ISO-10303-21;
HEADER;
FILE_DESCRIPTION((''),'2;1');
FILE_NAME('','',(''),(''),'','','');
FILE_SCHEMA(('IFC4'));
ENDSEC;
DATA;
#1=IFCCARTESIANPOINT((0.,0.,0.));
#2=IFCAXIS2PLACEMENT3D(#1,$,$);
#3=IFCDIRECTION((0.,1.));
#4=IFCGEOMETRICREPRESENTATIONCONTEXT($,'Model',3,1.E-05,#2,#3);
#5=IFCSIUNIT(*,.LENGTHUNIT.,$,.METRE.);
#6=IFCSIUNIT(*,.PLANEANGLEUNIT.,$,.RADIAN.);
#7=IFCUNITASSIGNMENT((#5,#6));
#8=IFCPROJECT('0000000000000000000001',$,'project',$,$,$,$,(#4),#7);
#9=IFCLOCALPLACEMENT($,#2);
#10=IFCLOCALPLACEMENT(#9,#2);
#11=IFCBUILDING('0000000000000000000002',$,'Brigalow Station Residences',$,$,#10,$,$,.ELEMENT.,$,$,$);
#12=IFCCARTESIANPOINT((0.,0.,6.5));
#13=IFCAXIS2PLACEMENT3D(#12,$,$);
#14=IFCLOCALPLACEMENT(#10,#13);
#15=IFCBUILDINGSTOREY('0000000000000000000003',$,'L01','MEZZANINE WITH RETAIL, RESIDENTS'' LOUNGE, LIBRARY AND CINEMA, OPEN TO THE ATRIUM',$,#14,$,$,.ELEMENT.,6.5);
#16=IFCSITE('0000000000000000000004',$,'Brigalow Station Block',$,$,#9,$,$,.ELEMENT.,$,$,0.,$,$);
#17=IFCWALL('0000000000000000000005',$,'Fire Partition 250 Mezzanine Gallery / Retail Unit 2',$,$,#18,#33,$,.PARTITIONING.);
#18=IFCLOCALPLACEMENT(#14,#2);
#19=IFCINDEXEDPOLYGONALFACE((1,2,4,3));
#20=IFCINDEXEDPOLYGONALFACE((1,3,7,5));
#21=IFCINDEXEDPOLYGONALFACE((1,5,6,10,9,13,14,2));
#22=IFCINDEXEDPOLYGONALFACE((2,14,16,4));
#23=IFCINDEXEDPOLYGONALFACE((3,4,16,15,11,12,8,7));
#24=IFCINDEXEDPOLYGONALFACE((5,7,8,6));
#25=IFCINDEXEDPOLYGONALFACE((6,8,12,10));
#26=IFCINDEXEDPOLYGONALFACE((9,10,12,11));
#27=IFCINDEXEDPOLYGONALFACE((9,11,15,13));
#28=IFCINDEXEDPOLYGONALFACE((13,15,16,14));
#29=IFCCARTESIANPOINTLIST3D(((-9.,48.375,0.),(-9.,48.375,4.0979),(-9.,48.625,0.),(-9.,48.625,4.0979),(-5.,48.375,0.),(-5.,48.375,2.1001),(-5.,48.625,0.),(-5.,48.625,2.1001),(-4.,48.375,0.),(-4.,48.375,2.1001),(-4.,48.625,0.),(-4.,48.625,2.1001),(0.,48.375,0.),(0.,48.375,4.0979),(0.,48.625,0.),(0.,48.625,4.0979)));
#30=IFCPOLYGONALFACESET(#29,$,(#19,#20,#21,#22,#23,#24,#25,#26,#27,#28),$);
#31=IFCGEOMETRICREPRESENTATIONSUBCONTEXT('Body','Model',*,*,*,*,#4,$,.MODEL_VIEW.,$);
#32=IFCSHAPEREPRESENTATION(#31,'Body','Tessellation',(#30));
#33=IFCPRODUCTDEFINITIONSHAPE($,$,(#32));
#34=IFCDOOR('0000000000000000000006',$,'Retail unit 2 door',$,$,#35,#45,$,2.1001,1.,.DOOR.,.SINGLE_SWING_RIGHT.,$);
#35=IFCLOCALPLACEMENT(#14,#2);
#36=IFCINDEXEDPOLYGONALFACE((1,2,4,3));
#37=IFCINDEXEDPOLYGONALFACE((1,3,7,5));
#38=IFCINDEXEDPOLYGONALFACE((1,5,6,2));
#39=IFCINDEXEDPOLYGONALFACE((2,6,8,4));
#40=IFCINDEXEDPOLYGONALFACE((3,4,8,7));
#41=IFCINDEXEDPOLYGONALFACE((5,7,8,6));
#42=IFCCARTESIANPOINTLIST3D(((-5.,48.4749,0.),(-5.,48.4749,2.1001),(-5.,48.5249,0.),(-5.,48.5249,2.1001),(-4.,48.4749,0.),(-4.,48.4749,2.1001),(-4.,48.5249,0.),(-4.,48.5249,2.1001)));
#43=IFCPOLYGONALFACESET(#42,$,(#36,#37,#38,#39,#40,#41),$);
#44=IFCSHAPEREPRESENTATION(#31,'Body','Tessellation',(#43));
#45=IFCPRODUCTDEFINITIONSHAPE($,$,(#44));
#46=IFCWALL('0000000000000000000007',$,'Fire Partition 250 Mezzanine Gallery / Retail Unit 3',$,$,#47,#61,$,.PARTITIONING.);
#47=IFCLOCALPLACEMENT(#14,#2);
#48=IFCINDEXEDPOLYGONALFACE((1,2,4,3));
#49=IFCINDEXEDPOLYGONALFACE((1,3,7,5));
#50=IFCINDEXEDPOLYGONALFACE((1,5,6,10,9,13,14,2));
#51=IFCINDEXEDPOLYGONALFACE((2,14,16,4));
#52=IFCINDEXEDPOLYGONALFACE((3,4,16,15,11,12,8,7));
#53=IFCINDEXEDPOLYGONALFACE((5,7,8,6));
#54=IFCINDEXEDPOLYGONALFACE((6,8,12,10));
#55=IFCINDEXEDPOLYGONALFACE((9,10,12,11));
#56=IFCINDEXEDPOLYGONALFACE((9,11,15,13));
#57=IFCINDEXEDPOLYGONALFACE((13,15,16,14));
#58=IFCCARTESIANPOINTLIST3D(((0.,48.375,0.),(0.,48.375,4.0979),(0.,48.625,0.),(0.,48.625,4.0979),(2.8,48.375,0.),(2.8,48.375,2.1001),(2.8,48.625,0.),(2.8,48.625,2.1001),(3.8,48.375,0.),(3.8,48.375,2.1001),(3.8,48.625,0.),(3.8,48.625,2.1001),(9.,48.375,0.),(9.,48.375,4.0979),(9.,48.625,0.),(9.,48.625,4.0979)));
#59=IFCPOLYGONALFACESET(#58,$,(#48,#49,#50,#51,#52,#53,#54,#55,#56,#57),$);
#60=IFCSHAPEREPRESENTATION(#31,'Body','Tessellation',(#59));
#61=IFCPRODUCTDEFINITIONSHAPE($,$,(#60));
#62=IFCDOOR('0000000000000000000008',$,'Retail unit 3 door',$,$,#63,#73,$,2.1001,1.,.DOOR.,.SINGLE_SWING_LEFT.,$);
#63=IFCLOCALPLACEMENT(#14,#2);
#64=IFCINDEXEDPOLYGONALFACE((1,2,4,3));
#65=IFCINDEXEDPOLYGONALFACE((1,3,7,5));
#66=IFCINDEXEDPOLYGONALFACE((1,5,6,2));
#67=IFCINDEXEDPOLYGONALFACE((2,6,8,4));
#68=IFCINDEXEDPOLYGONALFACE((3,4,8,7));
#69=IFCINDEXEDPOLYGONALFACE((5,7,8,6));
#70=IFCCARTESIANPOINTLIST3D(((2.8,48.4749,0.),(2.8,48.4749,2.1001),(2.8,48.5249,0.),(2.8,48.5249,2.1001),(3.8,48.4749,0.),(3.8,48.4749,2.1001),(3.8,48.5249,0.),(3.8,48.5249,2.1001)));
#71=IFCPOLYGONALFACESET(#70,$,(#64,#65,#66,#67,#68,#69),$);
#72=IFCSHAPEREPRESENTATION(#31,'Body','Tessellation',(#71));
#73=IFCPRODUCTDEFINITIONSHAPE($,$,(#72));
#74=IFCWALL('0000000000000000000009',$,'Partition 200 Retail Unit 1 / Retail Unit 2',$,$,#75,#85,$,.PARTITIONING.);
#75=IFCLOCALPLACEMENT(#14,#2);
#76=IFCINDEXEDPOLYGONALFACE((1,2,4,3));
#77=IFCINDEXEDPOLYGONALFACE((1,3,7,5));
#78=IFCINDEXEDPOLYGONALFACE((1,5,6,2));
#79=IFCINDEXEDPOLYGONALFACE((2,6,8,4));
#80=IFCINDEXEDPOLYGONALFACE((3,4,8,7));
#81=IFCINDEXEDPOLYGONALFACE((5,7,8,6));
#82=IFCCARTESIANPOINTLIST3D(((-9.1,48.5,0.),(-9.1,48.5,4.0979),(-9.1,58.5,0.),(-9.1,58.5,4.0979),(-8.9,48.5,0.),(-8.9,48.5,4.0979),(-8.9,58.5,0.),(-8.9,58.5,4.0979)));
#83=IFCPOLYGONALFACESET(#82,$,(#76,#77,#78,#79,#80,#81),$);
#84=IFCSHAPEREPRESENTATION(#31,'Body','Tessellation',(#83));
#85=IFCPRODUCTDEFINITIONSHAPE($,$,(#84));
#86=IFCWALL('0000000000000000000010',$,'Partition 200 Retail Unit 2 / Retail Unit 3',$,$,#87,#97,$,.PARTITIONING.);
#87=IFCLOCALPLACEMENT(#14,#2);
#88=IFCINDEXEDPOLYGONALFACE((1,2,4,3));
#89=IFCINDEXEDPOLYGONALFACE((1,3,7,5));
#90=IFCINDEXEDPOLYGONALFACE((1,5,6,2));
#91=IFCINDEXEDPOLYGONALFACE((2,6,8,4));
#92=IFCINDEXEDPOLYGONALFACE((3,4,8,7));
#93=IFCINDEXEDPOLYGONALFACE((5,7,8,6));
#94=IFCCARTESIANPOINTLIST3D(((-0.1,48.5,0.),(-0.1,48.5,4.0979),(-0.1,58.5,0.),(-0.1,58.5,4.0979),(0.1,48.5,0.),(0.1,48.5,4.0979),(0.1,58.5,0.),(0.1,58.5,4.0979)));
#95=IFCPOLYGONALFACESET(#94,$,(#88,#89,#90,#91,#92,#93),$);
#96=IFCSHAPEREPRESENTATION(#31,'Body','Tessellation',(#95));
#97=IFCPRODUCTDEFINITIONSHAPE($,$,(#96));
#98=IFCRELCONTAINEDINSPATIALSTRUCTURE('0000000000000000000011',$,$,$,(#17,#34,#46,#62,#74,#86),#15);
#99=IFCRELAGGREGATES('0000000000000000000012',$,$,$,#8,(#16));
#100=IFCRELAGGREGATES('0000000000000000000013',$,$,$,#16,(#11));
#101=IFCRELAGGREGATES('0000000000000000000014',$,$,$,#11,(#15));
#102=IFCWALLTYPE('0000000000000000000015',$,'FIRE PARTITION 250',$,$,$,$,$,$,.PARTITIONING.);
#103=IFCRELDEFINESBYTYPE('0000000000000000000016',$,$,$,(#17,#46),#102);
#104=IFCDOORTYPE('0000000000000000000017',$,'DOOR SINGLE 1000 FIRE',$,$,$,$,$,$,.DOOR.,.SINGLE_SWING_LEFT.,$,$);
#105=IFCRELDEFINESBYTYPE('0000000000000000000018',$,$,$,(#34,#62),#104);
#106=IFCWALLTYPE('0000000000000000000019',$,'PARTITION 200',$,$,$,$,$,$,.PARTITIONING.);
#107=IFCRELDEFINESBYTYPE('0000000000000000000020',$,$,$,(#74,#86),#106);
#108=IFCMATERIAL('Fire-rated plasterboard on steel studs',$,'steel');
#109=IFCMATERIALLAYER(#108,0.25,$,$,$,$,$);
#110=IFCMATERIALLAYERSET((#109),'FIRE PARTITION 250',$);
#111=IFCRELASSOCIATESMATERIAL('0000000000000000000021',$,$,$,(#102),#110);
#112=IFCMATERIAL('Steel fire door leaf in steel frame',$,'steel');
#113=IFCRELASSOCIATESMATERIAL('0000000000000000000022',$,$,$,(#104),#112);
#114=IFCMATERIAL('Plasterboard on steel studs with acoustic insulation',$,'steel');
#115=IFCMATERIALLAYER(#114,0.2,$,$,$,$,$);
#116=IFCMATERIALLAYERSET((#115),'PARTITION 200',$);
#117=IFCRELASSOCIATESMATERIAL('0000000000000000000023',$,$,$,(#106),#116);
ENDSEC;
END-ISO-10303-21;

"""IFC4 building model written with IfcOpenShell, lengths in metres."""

from ifc_helpers import new_model, si_unit, direction, frame, frame_2d, origin, place, context, subcontext, project, spatial, rectangle, extrude, material, layer, layer_set, type_object, element, fill, save


model = new_model("IFC4")

# Units and contexts
model_context = context("Model", 3, precision=1e-05, world=origin(), true_north=direction((0.0, 1.0)))
body_context = subcontext(model_context, "Body", "Model", "MODEL_VIEW")
ifc_project = project(units=[si_unit("LENGTHUNIT", "METRE"), si_unit("PLANEANGLEUNIT", "RADIAN")], contexts=[model_context])

# Site, building, storey
site_placement = place(None, origin())
site = spatial("IfcSite", under=ifc_project, at=site_placement, Name="Brigalow Station Block", CompositionType="ELEMENT", RefElevation=0.0)
building_placement = place(site_placement, origin())
building = spatial("IfcBuilding", under=site, at=building_placement, Name="Brigalow Station Residences", CompositionType="ELEMENT")
storey_placement = place(building_placement, frame((0.0, 0.0, 6.5)))
storey = spatial("IfcBuildingStorey", under=building, at=storey_placement, Name="L01", Description="MEZZANINE WITH RETAIL, RESIDENTS' LOUNGE, LIBRARY AND CINEMA, OPEN TO THE ATRIUM", CompositionType="ELEMENT", Elevation=6.5)

# Shared definitions
ifc_material_1 = material(Name="Fire-rated plasterboard on steel studs", Category="steel")
ifc_layer_1 = layer(ifc_material_1, 0.25)
ifc_layer_set_1 = layer_set([ifc_layer_1], Name="FIRE PARTITION 250")
wall_type_1 = type_object("IfcWallType", Name="FIRE PARTITION 250", PredefinedType="PARTITIONING", material=ifc_layer_set_1)
ifc_material_2 = material(Name="Steel fire door leaf in steel frame", Category="steel")
door_type = type_object("IfcDoorType", Name="DOOR SINGLE 1000 FIRE", OperationType="SINGLE_SWING_LEFT", PredefinedType="DOOR", material=ifc_material_2)

# Walls, openings, doors
wall_1_placement = place(storey_placement, frame((-9.0, 48.5, 0.0), z_axis=(0.0, 0.0, 1.0), x_axis=(1.0, 0.0, 0.0)))
wall_1 = element("IfcWall", 1, at=wall_1_placement, inside=storey, type_object=wall_type_1, Name="Fire Partition 250 Mezzanine Gallery / Retail Unit 2", PredefinedType="PARTITIONING", context=body_context, shape_type="SweptSolid", body=[
    extrude(rectangle(XDim=9.0, YDim=0.25, at=frame_2d((4.5, 0.0))), origin(), (0.0, 0.0, 1.0), 4.0979),
])
opening_1_placement = place(wall_1_placement, frame((4.0, 0.0, 0.0)))
opening_1 = element("IfcOpeningElement", 2, at=opening_1_placement, cuts=wall_1, PredefinedType="OPENING", context=body_context, shape_type="SweptSolid", body=[
    extrude(rectangle(XDim=1.0, YDim=2.1001, at=frame_2d((0.5, 1.05))), frame((0.0, 0.135, 0.0), z_axis=(0.0, -1.0, 0.0), x_axis=(1.0, 0.0, 0.0)), (0.0, 0.0, 1.0), 0.27),
])
door_1_placement = place(opening_1_placement, origin())
door_1 = element("IfcDoor", 3, at=door_1_placement, inside=storey, type_object=door_type, Name="Retail unit 2 door", OperationType="SINGLE_SWING_RIGHT", OverallHeight=2.1001, OverallWidth=1.0, PredefinedType="DOOR", context=body_context, shape_type="SweptSolid", body=[
    extrude(rectangle(XDim=1.0, YDim=2.1001, at=frame_2d((0.5, 1.05))), frame((0.0, 0.0249, 0.0), z_axis=(0.0, -1.0, 0.0), x_axis=(1.0, 0.0, 0.0)), (0.0, 0.0, 1.0), 0.05),
])
fill(opening_1, door_1)
wall_2_placement = place(storey_placement, frame((0.0, 48.5, 0.0), z_axis=(0.0, 0.0, 1.0), x_axis=(1.0, 0.0, 0.0)))
wall_2 = element("IfcWall", 4, at=wall_2_placement, inside=storey, type_object=wall_type_1, Name="Fire Partition 250 Mezzanine Gallery / Retail Unit 3", PredefinedType="PARTITIONING", context=body_context, shape_type="SweptSolid", body=[
    extrude(rectangle(XDim=9.0, YDim=0.25, at=frame_2d((4.5, 0.0))), origin(), (0.0, 0.0, 1.0), 4.0979),
])
opening_2_placement = place(wall_2_placement, frame((2.8, 0.0, 0.0)))
opening_2 = element("IfcOpeningElement", 5, at=opening_2_placement, cuts=wall_2, PredefinedType="OPENING", context=body_context, shape_type="SweptSolid", body=[
    extrude(rectangle(XDim=1.0, YDim=2.1001, at=frame_2d((0.5, 1.05))), frame((0.0, 0.135, 0.0), z_axis=(0.0, -1.0, 0.0), x_axis=(1.0, 0.0, 0.0)), (0.0, 0.0, 1.0), 0.27),
])
door_2_placement = place(opening_2_placement, origin())
door_2 = element("IfcDoor", 6, at=door_2_placement, inside=storey, type_object=door_type, Name="Retail unit 3 door", OperationType="SINGLE_SWING_LEFT", OverallHeight=2.1001, OverallWidth=1.0, PredefinedType="DOOR", context=body_context, shape_type="SweptSolid", body=[
    extrude(rectangle(XDim=1.0, YDim=2.1001, at=frame_2d((0.5, 1.05))), frame((0.0, 0.0249, 0.0), z_axis=(0.0, -1.0, 0.0), x_axis=(1.0, 0.0, 0.0)), (0.0, 0.0, 1.0), 0.05),
])
fill(opening_2, door_2)

# Walls
ifc_material_3 = material(Name="Plasterboard on steel studs with acoustic insulation", Category="steel")
ifc_layer_2 = layer(ifc_material_3, 0.2)
ifc_layer_set_2 = layer_set([ifc_layer_2], Name="PARTITION 200")
wall_type_2 = type_object("IfcWallType", Name="PARTITION 200", PredefinedType="PARTITIONING", material=ifc_layer_set_2)
for number, where, z_axis, x_axis, name in (
    (7, (-9.0, 48.5, 0.0), (0.0, 0.0, 1.0), (0.0, 1.0, 0.0), "Partition 200 Retail Unit 1 / Retail Unit 2"),
    (8, (0.0, 48.5, 0.0), (0.0, 0.0, 1.0), (0.0, 1.0, 0.0), "Partition 200 Retail Unit 2 / Retail Unit 3"),
):
    element("IfcWall", number, at=place(storey_placement, frame(where, z_axis=z_axis, x_axis=x_axis)), inside=storey, type_object=wall_type_2, Name=name, PredefinedType="PARTITIONING", context=body_context, shape_type="SweptSolid", body=[
        extrude(rectangle(XDim=10.0, YDim=0.2, at=frame_2d((5.0, 0.0))), origin(), (0.0, 0.0, 1.0), 4.0979),
    ])

save(model, "model.ifc")
